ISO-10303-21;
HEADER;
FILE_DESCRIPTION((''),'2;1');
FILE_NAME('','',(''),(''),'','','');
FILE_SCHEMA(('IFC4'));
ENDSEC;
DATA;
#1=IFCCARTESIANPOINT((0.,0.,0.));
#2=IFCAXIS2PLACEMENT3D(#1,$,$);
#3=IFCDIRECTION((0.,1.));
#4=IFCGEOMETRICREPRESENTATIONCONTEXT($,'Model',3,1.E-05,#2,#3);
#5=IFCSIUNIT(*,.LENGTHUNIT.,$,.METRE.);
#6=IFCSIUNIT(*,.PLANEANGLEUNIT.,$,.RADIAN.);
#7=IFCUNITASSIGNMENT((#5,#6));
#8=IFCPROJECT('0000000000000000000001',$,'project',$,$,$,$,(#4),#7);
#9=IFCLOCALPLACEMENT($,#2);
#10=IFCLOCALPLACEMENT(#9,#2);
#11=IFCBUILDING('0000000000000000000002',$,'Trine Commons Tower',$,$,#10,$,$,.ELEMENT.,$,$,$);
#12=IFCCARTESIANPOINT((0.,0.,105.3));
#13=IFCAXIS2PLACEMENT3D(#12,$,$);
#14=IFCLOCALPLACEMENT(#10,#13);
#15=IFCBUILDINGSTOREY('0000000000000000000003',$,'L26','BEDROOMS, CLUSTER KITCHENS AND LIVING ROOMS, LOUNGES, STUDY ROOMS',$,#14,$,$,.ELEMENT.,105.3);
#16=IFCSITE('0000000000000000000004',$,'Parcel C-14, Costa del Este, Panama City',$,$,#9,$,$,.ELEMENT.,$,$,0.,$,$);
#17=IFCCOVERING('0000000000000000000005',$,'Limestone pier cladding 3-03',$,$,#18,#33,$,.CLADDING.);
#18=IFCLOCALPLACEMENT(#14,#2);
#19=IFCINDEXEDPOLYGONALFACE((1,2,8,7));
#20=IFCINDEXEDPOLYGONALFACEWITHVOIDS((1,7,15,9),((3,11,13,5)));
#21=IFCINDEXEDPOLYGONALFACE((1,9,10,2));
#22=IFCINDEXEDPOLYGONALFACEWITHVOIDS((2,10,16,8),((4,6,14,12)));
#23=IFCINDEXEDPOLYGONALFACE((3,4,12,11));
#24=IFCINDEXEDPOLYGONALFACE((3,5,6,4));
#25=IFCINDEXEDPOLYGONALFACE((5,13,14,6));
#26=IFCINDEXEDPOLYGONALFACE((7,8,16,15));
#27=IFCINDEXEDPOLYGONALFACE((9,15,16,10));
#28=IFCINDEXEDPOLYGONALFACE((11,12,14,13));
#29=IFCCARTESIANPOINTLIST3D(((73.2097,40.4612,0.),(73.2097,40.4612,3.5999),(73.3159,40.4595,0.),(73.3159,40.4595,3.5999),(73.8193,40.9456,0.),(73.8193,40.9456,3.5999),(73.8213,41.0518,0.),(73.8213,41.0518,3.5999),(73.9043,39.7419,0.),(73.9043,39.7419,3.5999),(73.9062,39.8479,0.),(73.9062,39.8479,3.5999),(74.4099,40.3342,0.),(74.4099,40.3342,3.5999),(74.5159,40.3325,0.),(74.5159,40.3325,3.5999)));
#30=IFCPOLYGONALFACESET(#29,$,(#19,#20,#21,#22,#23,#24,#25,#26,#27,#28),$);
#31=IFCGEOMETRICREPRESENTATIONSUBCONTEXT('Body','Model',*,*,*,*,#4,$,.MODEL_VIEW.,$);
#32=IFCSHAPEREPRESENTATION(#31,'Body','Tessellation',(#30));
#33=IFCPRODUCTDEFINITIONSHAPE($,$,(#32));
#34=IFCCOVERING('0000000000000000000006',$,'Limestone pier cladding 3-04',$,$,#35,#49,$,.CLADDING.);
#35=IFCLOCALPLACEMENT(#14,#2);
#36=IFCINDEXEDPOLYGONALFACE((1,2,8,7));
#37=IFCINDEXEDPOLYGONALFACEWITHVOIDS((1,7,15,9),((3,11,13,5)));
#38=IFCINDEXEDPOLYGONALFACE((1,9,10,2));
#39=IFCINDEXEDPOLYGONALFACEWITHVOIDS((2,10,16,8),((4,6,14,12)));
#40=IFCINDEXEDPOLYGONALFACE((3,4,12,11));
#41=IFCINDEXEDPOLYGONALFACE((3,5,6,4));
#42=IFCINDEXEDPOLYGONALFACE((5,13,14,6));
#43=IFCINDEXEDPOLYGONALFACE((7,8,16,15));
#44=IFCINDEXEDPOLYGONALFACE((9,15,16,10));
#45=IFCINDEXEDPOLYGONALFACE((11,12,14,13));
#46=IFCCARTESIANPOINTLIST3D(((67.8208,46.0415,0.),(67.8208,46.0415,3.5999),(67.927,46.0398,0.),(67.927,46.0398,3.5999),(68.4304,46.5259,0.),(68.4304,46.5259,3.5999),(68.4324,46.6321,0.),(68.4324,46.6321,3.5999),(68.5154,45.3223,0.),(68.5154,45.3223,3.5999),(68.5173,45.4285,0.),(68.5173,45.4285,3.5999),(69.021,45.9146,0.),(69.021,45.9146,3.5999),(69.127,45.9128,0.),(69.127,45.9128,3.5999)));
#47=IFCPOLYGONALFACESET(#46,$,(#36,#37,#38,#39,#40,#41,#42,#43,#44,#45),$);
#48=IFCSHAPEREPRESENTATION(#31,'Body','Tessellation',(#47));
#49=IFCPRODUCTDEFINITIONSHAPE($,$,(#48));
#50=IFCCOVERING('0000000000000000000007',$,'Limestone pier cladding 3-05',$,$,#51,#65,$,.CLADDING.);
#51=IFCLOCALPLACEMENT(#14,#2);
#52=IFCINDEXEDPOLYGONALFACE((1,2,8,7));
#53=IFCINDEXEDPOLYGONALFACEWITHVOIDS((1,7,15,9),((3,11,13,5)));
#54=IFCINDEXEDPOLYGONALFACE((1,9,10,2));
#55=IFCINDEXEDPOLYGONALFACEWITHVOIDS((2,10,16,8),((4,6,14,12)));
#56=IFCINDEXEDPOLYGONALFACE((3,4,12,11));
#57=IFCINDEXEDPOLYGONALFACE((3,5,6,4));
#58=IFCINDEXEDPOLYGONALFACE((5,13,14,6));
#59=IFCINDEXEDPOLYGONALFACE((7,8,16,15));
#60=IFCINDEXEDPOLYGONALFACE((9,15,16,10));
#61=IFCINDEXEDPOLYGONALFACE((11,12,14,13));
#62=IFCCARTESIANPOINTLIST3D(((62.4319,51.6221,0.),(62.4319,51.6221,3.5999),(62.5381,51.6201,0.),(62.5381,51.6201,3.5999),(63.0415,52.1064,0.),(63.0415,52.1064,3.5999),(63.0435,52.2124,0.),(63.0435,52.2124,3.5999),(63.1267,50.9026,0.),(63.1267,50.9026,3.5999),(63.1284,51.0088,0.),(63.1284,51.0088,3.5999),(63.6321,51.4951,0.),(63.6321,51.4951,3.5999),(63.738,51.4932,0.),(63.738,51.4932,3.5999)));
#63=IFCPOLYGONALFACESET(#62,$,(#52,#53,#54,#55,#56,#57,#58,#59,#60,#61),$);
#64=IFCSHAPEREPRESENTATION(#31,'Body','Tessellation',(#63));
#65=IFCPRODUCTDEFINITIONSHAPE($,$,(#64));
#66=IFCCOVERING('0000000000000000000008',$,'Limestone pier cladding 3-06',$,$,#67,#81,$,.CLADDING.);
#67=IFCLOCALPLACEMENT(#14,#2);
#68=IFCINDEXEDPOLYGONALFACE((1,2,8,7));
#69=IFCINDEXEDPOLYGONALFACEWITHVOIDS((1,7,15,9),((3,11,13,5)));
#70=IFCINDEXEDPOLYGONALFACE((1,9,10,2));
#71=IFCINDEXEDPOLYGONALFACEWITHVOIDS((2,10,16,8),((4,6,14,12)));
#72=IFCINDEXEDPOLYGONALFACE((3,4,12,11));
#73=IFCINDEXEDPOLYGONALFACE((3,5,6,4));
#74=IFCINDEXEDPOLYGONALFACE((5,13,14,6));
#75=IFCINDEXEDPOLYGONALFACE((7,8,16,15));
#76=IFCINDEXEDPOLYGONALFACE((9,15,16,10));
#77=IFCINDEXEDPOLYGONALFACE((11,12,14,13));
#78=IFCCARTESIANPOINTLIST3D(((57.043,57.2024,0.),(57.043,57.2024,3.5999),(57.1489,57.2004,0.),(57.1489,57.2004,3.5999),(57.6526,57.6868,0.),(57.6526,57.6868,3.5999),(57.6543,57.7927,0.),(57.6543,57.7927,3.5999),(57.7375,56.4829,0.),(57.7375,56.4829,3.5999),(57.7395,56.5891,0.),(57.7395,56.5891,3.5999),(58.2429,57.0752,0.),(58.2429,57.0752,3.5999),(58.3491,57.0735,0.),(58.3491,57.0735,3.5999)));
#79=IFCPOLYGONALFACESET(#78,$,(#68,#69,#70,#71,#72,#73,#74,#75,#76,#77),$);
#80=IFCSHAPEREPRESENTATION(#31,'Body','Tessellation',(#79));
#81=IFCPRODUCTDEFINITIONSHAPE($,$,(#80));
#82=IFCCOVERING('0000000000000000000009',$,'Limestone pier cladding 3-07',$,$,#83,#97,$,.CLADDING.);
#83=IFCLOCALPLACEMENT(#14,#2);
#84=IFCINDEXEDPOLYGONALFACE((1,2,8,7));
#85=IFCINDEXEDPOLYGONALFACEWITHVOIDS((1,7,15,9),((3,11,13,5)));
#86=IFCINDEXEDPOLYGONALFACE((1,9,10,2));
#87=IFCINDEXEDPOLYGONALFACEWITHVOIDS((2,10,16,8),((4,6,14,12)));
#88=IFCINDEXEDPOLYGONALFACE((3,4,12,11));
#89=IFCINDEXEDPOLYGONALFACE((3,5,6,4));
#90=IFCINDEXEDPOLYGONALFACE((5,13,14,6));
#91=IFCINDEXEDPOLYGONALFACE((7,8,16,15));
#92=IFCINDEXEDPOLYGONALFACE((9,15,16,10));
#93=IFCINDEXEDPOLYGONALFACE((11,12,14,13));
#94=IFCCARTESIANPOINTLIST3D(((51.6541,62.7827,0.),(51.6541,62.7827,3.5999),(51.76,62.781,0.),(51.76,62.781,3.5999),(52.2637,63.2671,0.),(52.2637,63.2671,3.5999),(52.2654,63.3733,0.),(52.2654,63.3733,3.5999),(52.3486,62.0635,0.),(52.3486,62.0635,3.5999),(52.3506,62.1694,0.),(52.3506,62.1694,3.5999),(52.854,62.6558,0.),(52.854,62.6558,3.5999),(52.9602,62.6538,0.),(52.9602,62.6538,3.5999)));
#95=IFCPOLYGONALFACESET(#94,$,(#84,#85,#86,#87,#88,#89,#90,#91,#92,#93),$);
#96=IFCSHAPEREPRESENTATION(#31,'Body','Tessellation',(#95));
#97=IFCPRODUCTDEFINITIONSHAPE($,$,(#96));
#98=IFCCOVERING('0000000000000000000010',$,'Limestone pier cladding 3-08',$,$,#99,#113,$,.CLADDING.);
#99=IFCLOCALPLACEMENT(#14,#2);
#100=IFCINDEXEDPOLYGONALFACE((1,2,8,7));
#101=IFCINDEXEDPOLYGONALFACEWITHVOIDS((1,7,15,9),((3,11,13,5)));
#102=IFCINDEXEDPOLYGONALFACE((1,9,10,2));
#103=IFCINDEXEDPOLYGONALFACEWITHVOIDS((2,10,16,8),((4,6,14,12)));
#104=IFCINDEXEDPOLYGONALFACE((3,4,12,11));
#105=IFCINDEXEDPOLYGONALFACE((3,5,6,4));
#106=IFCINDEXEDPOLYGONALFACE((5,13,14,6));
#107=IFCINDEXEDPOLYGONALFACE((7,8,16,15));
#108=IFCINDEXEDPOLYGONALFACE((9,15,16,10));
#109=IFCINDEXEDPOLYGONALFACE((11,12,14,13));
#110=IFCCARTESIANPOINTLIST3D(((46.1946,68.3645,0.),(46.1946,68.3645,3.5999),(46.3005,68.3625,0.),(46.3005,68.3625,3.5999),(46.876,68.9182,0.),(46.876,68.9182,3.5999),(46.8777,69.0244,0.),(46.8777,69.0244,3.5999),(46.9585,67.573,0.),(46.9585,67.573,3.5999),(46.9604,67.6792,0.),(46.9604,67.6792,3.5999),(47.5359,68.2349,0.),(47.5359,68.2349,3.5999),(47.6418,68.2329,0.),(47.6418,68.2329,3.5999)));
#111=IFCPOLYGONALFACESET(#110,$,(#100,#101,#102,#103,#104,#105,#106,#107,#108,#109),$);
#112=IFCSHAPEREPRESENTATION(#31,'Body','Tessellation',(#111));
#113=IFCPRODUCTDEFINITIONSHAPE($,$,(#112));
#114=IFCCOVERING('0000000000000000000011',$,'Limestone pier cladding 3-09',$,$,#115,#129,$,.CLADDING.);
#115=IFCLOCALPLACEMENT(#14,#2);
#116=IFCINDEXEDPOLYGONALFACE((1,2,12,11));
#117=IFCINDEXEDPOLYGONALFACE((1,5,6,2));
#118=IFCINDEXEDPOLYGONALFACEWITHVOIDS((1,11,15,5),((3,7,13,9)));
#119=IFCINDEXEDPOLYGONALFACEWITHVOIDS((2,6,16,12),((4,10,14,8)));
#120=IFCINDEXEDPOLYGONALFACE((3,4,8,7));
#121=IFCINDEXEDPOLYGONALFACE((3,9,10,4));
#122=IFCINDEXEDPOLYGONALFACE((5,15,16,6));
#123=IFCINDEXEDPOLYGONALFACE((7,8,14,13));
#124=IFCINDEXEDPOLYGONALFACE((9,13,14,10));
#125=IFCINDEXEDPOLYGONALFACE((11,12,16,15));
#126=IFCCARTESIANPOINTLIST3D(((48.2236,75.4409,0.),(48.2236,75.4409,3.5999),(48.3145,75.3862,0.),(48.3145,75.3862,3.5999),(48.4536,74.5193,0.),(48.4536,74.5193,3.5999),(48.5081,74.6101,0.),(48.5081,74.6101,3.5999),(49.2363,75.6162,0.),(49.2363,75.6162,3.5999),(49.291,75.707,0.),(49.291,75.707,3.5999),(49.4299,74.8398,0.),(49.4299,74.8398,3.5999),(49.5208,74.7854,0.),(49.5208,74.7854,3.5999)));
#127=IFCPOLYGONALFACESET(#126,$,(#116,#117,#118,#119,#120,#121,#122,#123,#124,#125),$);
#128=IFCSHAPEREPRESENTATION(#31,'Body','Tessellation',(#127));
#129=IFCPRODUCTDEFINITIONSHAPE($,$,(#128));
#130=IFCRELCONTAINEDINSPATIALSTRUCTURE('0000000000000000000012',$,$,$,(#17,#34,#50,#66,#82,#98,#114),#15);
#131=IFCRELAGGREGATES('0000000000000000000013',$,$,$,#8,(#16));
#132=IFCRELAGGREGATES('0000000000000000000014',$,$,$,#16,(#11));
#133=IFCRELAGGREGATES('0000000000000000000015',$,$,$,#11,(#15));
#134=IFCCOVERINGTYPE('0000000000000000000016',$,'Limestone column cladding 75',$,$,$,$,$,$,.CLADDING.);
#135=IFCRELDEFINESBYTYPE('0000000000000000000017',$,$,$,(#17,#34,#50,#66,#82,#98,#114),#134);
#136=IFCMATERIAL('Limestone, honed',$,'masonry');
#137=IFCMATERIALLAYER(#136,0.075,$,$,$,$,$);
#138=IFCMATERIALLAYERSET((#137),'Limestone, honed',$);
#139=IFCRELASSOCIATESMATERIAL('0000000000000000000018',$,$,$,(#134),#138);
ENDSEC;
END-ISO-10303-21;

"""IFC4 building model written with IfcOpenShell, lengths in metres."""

from ifc_helpers import new_model, si_unit, direction, frame, origin, place, context, subcontext, project, spatial, polyline, outline, extrude, material, layer, layer_set, type_object, element, save


model = new_model("IFC4")

# Units and contexts
model_context = context("Model", 3, precision=1e-05, world=origin(), true_north=direction((0.0, 1.0)))
body_context = subcontext(model_context, "Body", "Model", "MODEL_VIEW")
ifc_project = project(units=[si_unit("LENGTHUNIT", "METRE"), si_unit("PLANEANGLEUNIT", "RADIAN")], contexts=[model_context])

# Site, building, storey
site_placement = place(None, origin())
site = spatial("IfcSite", under=ifc_project, at=site_placement, Name="Parcel C-14, Costa del Este, Panama City", CompositionType="ELEMENT", RefElevation=0.0)
building_placement = place(site_placement, origin())
building = spatial("IfcBuilding", under=site, at=building_placement, Name="Trine Commons Tower", CompositionType="ELEMENT")
storey_placement = place(building_placement, frame((0.0, 0.0, 105.3)))
storey = spatial("IfcBuildingStorey", under=building, at=storey_placement, Name="L26", Description="BEDROOMS, CLUSTER KITCHENS AND LIVING ROOMS, LOUNGES, STUDY ROOMS", CompositionType="ELEMENT", Elevation=105.3)

# Coverings
ifc_material_1 = material(Name="Limestone, honed", Category="masonry")
ifc_layer_1 = layer(ifc_material_1, 0.075)
ifc_layer_set_1 = layer_set([ifc_layer_1], Name="Limestone, honed")
covering_type_1 = type_object("IfcCoveringType", Name="Limestone column cladding 75", PredefinedType="CLADDING", material=ifc_layer_set_1)
covering_1_placement = place(storey_placement, origin())
element("IfcCovering", 1, at=covering_1_placement, inside=storey, type_object=covering_type_1, Name="Limestone pier cladding 3-03", PredefinedType="CLADDING", context=body_context, shape_type="SweptSolid", body=[
    extrude(outline(polyline([(73.8213, 41.0518), (73.2097, 40.4612), (73.9043, 39.7419), (74.5159, 40.3325), (73.8213, 41.0518)]), holes=[polyline([(73.8193, 40.9456), (73.3159, 40.4595), (73.9062, 39.8479), (74.4099, 40.3342), (73.8193, 40.9456)])]), origin(), (0.0, 0.0, 1.0), 3.5999),
])
covering_2_placement = place(storey_placement, origin())
element("IfcCovering", 2, at=covering_2_placement, inside=storey, type_object=covering_type_1, Name="Limestone pier cladding 3-04", PredefinedType="CLADDING", context=body_context, shape_type="SweptSolid", body=[
    extrude(outline(polyline([(68.4324, 46.6321), (67.8208, 46.0415), (68.5154, 45.3223), (69.127, 45.9128), (68.4324, 46.6321)]), holes=[polyline([(68.4304, 46.5259), (67.927, 46.0398), (68.5173, 45.4285), (69.021, 45.9146), (68.4304, 46.5259)])]), origin(), (0.0, 0.0, 1.0), 3.5999),
])
covering_3_placement = place(storey_placement, origin())
element("IfcCovering", 3, at=covering_3_placement, inside=storey, type_object=covering_type_1, Name="Limestone pier cladding 3-05", PredefinedType="CLADDING", context=body_context, shape_type="SweptSolid", body=[
    extrude(outline(polyline([(63.0435, 52.2124), (62.4319, 51.6221), (63.1267, 50.9026), (63.738, 51.4932), (63.0435, 52.2124)]), holes=[polyline([(63.0415, 52.1064), (62.5381, 51.6201), (63.1284, 51.0088), (63.6321, 51.4951), (63.0415, 52.1064)])]), origin(), (0.0, 0.0, 1.0), 3.5999),
])
covering_4_placement = place(storey_placement, origin())
element("IfcCovering", 4, at=covering_4_placement, inside=storey, type_object=covering_type_1, Name="Limestone pier cladding 3-06", PredefinedType="CLADDING", context=body_context, shape_type="SweptSolid", body=[
    extrude(outline(polyline([(57.6543, 57.7927), (57.043, 57.2024), (57.7375, 56.4829), (58.3491, 57.0735), (57.6543, 57.7927)]), holes=[polyline([(57.6526, 57.6868), (57.1489, 57.2004), (57.7395, 56.5891), (58.2429, 57.0752), (57.6526, 57.6868)])]), origin(), (0.0, 0.0, 1.0), 3.5999),
])
covering_5_placement = place(storey_placement, origin())
element("IfcCovering", 5, at=covering_5_placement, inside=storey, type_object=covering_type_1, Name="Limestone pier cladding 3-07", PredefinedType="CLADDING", context=body_context, shape_type="SweptSolid", body=[
    extrude(outline(polyline([(52.2654, 63.3733), (51.6541, 62.7827), (52.3486, 62.0635), (52.9602, 62.6538), (52.2654, 63.3733)]), holes=[polyline([(52.2637, 63.2671), (51.76, 62.781), (52.3506, 62.1694), (52.854, 62.6558), (52.2637, 63.2671)])]), origin(), (0.0, 0.0, 1.0), 3.5999),
])
covering_6_placement = place(storey_placement, origin())
element("IfcCovering", 6, at=covering_6_placement, inside=storey, type_object=covering_type_1, Name="Limestone pier cladding 3-08", PredefinedType="CLADDING", context=body_context, shape_type="SweptSolid", body=[
    extrude(outline(polyline([(46.8777, 69.0244), (46.1946, 68.3645), (46.9585, 67.573), (47.6418, 68.2329), (46.8777, 69.0244)]), holes=[polyline([(46.876, 68.9182), (46.3005, 68.3625), (46.9604, 67.6792), (47.5359, 68.2349), (46.876, 68.9182)])]), origin(), (0.0, 0.0, 1.0), 3.5999),
])
covering_7_placement = place(storey_placement, origin())
element("IfcCovering", 7, at=covering_7_placement, inside=storey, type_object=covering_type_1, Name="Limestone pier cladding 3-09", PredefinedType="CLADDING", context=body_context, shape_type="SweptSolid", body=[
    extrude(outline(polyline([(49.5208, 74.7854), (49.291, 75.707), (48.2236, 75.4409), (48.4536, 74.5193), (49.5208, 74.7854)]), holes=[polyline([(49.4299, 74.8398), (49.2363, 75.6162), (48.3145, 75.3862), (48.5081, 74.6101), (49.4299, 74.8398)])]), origin(), (0.0, 0.0, 1.0), 3.5999),
])

save(model, "model.ifc")
